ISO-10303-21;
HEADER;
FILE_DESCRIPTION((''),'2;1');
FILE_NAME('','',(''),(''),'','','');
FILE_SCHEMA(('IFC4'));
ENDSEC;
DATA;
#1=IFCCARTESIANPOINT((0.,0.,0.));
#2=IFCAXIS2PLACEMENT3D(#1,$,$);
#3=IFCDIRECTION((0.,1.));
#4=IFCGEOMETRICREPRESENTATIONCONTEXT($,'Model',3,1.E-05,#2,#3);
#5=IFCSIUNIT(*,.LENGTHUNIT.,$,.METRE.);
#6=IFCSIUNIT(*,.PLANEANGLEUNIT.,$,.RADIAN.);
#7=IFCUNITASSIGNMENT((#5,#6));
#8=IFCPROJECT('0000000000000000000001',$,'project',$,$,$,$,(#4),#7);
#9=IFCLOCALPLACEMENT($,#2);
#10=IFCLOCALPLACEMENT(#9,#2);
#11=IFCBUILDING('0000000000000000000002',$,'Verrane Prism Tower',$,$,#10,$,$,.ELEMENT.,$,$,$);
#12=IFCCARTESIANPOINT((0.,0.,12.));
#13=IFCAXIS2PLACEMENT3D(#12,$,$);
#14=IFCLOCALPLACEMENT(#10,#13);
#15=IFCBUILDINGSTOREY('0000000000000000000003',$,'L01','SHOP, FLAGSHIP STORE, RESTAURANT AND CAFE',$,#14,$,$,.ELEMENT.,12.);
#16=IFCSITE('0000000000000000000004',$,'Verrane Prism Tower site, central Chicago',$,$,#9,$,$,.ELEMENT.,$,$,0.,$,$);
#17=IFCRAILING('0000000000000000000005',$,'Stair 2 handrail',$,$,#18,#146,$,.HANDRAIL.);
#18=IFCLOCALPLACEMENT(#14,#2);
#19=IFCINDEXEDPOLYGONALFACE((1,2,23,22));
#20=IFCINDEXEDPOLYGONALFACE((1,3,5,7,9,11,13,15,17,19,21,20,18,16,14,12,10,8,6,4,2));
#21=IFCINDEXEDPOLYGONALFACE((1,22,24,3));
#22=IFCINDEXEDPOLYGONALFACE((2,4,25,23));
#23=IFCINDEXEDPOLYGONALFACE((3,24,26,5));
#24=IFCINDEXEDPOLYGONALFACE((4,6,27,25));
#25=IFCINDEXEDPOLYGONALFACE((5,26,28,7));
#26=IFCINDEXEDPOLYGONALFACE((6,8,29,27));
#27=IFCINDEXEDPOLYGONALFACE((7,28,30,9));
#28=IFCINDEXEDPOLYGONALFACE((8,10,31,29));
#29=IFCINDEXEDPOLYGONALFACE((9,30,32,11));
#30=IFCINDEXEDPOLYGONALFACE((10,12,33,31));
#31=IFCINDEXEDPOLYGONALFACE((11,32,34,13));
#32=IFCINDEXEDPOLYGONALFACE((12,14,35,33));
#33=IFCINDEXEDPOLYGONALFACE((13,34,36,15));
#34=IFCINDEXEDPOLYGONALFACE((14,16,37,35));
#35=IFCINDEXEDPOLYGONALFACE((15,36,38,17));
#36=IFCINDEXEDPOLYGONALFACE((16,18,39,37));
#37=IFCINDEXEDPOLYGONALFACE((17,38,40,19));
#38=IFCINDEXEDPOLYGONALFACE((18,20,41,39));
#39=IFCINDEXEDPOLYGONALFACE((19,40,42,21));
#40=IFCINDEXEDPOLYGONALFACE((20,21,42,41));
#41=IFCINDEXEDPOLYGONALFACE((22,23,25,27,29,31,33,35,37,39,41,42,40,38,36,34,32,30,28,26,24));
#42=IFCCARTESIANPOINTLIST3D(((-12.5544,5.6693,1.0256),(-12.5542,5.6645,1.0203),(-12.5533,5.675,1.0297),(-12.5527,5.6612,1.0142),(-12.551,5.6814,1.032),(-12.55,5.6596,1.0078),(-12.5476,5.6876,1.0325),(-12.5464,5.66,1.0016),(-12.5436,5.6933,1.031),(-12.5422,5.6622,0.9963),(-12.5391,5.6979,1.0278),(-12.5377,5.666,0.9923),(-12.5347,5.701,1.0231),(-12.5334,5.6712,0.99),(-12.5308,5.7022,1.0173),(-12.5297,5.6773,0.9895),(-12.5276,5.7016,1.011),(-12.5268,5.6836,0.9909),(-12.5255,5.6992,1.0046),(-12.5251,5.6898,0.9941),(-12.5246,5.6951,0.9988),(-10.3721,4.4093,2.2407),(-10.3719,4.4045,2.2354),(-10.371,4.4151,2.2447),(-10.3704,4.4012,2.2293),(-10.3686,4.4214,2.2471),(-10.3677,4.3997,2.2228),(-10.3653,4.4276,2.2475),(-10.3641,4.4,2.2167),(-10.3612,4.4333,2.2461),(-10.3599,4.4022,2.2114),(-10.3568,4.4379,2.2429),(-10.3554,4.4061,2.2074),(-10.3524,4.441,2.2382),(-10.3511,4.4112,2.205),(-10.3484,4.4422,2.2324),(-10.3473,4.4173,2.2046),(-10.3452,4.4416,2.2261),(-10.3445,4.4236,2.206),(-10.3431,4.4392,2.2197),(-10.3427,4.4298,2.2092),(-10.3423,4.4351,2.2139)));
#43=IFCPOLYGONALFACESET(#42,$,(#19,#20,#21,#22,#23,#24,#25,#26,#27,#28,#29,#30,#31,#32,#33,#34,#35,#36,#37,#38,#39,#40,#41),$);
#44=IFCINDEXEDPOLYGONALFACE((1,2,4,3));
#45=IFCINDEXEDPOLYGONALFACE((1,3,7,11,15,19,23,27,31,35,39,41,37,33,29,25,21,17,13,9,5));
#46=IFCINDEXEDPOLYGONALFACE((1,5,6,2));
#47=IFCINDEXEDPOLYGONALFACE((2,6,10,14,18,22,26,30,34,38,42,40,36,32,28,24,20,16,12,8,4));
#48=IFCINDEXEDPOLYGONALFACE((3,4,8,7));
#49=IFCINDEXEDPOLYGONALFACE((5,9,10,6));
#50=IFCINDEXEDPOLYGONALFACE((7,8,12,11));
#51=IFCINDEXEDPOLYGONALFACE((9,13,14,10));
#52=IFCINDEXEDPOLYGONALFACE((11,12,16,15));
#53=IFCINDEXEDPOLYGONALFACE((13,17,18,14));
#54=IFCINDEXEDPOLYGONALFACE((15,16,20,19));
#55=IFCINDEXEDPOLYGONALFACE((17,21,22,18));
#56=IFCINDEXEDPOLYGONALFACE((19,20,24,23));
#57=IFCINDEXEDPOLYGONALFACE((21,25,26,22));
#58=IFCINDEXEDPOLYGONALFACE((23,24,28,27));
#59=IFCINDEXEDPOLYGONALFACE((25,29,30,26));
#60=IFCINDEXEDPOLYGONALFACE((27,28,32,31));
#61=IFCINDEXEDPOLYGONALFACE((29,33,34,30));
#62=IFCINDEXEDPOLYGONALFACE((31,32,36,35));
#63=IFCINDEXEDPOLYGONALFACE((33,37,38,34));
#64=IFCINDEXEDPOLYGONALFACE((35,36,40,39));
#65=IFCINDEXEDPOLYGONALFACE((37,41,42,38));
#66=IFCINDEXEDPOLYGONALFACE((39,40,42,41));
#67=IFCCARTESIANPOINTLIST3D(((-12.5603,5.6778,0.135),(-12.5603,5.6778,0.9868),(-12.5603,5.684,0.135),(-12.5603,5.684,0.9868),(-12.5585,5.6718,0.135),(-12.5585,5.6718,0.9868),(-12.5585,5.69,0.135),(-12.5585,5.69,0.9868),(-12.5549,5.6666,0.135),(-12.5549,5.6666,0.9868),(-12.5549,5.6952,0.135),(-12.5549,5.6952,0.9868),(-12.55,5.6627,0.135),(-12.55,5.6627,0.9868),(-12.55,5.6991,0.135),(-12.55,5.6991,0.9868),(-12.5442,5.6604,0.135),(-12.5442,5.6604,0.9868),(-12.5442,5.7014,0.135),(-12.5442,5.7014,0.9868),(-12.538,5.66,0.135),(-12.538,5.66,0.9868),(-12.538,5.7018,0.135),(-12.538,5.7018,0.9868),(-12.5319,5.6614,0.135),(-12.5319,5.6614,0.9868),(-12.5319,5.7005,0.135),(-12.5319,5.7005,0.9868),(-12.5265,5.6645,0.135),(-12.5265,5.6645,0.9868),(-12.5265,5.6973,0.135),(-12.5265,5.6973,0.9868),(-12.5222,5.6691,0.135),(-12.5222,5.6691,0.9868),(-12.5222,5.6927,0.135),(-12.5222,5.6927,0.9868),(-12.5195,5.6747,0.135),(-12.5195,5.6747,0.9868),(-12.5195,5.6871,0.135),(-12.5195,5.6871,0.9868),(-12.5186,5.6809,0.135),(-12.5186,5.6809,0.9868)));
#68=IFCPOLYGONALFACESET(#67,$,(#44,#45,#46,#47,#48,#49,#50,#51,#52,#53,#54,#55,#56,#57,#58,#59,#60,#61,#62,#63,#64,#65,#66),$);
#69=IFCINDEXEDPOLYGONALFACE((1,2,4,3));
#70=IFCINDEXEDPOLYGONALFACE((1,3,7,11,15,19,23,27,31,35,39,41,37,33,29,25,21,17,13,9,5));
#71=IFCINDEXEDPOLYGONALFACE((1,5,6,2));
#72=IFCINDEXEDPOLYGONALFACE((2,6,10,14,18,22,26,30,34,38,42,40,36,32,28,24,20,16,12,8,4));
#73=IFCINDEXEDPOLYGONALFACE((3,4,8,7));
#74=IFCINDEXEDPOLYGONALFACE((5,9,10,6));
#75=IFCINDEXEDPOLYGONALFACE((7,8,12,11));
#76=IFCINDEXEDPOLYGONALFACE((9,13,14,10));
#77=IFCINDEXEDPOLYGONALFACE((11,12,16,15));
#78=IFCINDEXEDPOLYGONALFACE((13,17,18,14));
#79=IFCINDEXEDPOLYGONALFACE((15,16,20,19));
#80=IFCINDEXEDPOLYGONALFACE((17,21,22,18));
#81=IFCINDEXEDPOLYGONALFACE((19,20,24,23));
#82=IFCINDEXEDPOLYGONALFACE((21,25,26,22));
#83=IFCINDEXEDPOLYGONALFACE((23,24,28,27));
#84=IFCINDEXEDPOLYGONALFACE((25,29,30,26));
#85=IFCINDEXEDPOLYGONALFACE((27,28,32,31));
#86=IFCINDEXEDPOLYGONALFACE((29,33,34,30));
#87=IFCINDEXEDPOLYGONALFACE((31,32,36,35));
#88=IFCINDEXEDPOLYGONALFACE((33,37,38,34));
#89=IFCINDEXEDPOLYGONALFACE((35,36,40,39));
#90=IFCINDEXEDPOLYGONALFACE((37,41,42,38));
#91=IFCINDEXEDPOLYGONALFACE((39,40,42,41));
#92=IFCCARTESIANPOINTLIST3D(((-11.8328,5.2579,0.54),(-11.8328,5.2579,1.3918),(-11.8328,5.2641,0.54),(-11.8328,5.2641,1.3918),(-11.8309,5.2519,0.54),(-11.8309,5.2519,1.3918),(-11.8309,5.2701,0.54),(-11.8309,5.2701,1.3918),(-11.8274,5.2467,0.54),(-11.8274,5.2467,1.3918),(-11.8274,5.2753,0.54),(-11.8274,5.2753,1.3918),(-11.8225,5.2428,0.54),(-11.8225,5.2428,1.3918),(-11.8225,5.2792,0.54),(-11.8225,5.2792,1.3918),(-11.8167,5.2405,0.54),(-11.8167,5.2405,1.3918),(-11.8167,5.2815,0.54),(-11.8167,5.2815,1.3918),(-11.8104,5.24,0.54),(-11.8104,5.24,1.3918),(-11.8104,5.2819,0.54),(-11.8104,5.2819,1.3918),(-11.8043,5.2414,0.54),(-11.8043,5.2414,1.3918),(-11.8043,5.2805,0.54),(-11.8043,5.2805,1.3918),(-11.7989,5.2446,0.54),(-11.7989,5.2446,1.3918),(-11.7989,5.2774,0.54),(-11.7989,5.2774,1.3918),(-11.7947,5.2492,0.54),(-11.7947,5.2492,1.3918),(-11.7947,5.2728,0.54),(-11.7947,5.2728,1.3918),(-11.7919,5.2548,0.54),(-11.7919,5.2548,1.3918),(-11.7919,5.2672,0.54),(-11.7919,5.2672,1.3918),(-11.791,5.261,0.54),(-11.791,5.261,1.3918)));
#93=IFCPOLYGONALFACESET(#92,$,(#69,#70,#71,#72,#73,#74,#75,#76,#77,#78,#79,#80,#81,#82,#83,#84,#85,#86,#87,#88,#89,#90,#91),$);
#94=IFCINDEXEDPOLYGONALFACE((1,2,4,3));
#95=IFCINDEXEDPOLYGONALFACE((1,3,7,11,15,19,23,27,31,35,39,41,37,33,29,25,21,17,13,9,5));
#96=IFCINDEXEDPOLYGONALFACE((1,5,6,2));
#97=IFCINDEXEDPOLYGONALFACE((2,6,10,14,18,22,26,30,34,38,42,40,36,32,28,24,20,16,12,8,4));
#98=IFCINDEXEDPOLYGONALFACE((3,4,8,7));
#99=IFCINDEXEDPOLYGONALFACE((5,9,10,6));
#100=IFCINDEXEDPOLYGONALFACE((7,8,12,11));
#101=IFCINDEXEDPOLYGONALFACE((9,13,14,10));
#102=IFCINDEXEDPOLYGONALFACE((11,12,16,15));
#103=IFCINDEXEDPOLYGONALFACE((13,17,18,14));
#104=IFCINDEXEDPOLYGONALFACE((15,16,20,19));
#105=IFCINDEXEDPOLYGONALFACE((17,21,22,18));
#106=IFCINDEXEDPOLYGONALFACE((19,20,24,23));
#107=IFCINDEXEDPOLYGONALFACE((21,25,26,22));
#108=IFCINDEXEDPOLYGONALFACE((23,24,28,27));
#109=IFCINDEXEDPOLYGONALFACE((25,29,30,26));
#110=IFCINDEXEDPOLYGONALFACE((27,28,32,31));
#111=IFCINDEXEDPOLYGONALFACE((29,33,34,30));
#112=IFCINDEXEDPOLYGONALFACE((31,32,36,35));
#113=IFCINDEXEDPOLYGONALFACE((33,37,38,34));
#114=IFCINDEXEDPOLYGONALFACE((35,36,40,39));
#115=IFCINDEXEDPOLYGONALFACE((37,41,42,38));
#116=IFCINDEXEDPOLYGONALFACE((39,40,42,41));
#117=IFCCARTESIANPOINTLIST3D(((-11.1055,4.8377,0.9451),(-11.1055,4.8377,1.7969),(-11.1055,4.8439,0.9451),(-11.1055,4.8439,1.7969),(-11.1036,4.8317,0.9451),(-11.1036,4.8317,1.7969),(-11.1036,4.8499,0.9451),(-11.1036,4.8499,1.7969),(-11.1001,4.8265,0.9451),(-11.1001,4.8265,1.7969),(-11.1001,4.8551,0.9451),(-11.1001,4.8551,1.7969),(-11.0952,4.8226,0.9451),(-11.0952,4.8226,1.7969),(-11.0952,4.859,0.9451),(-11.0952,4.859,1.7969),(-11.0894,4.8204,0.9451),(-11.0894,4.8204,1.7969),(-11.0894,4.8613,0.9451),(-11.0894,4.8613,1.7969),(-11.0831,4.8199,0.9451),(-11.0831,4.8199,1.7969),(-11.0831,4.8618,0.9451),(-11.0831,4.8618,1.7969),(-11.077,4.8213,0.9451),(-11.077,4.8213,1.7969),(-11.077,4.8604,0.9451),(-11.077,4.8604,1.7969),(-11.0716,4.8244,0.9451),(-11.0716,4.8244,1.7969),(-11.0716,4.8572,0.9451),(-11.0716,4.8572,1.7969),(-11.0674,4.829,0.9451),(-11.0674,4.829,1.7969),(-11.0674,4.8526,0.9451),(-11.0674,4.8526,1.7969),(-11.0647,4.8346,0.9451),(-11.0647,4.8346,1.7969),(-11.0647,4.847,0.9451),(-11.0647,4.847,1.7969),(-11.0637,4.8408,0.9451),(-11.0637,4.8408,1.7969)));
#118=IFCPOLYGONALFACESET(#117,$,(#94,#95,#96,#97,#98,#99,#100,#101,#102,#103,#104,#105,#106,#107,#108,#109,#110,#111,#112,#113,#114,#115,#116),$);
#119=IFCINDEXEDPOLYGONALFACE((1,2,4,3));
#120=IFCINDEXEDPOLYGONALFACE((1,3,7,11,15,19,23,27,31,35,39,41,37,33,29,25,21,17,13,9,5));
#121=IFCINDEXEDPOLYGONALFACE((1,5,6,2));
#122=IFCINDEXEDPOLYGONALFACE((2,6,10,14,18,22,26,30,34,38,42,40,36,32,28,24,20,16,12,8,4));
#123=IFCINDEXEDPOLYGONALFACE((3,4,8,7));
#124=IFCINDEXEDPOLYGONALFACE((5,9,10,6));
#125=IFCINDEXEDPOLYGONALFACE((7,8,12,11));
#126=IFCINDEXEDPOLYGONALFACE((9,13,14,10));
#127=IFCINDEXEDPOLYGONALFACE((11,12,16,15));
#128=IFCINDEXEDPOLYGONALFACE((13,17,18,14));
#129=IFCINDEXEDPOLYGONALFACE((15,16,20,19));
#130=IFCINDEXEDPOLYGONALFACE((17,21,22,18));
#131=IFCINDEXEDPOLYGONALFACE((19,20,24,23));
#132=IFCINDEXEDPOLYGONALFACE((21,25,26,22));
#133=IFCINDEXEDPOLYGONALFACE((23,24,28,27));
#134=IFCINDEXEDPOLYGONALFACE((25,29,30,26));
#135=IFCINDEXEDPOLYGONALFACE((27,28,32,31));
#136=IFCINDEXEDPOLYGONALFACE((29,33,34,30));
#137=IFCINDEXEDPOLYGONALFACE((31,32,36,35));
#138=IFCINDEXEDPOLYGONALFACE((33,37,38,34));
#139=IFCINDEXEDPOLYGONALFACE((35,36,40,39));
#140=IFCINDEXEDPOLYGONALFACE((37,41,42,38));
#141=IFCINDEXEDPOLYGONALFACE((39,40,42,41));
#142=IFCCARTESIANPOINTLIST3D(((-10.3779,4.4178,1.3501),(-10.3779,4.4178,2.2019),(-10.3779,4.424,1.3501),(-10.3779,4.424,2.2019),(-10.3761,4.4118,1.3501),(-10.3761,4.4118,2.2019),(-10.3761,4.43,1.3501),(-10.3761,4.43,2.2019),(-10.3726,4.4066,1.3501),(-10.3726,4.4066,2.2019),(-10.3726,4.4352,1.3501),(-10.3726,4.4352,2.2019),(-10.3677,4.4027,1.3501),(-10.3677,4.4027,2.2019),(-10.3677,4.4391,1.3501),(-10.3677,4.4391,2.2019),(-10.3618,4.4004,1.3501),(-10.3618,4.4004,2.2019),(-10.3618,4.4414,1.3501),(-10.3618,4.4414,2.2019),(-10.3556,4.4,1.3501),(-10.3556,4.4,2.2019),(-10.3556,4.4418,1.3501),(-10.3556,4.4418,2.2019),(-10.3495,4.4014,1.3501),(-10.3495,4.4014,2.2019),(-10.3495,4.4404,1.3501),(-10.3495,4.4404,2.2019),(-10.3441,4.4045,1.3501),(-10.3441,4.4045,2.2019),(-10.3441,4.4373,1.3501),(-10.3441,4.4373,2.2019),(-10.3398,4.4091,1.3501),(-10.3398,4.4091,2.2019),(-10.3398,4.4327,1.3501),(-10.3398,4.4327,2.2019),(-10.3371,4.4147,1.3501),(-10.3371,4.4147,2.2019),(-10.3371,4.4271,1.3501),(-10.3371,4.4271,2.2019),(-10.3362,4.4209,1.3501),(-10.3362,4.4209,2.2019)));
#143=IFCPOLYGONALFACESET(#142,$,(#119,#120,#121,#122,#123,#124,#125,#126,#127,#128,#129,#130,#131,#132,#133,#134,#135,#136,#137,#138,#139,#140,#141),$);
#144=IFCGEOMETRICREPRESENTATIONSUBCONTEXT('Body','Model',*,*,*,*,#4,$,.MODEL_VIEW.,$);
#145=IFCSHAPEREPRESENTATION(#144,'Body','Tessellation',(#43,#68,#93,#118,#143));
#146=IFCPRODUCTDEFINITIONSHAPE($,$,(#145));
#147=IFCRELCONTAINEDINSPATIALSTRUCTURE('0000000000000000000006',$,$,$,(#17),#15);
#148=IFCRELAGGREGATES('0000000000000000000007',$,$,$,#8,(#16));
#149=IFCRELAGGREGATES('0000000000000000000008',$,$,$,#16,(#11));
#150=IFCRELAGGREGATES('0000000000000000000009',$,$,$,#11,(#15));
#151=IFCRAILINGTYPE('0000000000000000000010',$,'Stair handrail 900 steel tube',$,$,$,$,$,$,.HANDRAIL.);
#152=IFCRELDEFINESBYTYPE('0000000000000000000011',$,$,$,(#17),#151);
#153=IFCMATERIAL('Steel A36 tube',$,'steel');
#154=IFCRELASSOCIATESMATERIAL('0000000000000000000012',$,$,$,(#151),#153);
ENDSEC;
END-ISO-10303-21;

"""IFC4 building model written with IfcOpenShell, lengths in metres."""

from ifc_helpers import new_model, si_unit, direction, frame, origin, origin_2d, place, context, subcontext, project, spatial, circle, extrude, material, type_object, element, save


model = new_model("IFC4")

# Units and contexts
model_context = context("Model", 3, precision=1e-05, world=origin(), true_north=direction((0.0, 1.0)))
body_context = subcontext(model_context, "Body", "Model", "MODEL_VIEW")
ifc_project = project(units=[si_unit("LENGTHUNIT", "METRE"), si_unit("PLANEANGLEUNIT", "RADIAN")], contexts=[model_context])

# Site, building, storey
site_placement = place(None, origin())
site = spatial("IfcSite", under=ifc_project, at=site_placement, Name="Verrane Prism Tower site, central Chicago", CompositionType="ELEMENT", RefElevation=0.0)
building_placement = place(site_placement, origin())
building = spatial("IfcBuilding", under=site, at=building_placement, Name="Verrane Prism Tower", CompositionType="ELEMENT")
storey_placement = place(building_placement, frame((0.0, 0.0, 12.0)))
storey = spatial("IfcBuildingStorey", under=building, at=storey_placement, Name="L01", Description="SHOP, FLAGSHIP STORE, RESTAURANT AND CAFE", CompositionType="ELEMENT", Elevation=12.0)

# Railing
ifc_material_1 = material(Name="Steel A36 tube", Category="steel")
railing_type_1 = type_object("IfcRailingType", Name="Stair handrail 900 steel tube", PredefinedType="HANDRAIL", material=ifc_material_1)
for number, where, name in (
    (1, (-12.5396, 5.6809, 0.135), "Stair 2 handrail"),
):
    element("IfcRailing", number, at=place(storey_placement, frame(where)), inside=storey, type_object=railing_type_1, Name=name, PredefinedType="HANDRAIL", context=body_context, shape_type="SweptSolid", body=[
        extrude(circle(Radius=0.0239, at=origin_2d()), frame((0.0, 0.0, 0.876), z_axis=(0.780075, -0.450382, 0.434325), x_axis=(0.500005, 0.866023, 0.0)), (0.0, 0.0, 1.0), 2.7976),
        extrude(circle(Radius=0.021, at=origin_2d()), origin(), (0.0, 0.0, 1.0), 0.8518),
        extrude(circle(Radius=0.021, at=origin_2d()), frame((0.7275, -0.4199, 0.405)), (0.0, 0.0, 1.0), 0.8518),
        extrude(circle(Radius=0.021, at=origin_2d()), frame((1.4548, -0.8401, 0.8101)), (0.0, 0.0, 1.0), 0.8518),
        extrude(circle(Radius=0.021, at=origin_2d()), frame((2.1824, -1.26, 1.2151)), (0.0, 0.0, 1.0), 0.8518),
    ])

save(model, "model.ifc")
